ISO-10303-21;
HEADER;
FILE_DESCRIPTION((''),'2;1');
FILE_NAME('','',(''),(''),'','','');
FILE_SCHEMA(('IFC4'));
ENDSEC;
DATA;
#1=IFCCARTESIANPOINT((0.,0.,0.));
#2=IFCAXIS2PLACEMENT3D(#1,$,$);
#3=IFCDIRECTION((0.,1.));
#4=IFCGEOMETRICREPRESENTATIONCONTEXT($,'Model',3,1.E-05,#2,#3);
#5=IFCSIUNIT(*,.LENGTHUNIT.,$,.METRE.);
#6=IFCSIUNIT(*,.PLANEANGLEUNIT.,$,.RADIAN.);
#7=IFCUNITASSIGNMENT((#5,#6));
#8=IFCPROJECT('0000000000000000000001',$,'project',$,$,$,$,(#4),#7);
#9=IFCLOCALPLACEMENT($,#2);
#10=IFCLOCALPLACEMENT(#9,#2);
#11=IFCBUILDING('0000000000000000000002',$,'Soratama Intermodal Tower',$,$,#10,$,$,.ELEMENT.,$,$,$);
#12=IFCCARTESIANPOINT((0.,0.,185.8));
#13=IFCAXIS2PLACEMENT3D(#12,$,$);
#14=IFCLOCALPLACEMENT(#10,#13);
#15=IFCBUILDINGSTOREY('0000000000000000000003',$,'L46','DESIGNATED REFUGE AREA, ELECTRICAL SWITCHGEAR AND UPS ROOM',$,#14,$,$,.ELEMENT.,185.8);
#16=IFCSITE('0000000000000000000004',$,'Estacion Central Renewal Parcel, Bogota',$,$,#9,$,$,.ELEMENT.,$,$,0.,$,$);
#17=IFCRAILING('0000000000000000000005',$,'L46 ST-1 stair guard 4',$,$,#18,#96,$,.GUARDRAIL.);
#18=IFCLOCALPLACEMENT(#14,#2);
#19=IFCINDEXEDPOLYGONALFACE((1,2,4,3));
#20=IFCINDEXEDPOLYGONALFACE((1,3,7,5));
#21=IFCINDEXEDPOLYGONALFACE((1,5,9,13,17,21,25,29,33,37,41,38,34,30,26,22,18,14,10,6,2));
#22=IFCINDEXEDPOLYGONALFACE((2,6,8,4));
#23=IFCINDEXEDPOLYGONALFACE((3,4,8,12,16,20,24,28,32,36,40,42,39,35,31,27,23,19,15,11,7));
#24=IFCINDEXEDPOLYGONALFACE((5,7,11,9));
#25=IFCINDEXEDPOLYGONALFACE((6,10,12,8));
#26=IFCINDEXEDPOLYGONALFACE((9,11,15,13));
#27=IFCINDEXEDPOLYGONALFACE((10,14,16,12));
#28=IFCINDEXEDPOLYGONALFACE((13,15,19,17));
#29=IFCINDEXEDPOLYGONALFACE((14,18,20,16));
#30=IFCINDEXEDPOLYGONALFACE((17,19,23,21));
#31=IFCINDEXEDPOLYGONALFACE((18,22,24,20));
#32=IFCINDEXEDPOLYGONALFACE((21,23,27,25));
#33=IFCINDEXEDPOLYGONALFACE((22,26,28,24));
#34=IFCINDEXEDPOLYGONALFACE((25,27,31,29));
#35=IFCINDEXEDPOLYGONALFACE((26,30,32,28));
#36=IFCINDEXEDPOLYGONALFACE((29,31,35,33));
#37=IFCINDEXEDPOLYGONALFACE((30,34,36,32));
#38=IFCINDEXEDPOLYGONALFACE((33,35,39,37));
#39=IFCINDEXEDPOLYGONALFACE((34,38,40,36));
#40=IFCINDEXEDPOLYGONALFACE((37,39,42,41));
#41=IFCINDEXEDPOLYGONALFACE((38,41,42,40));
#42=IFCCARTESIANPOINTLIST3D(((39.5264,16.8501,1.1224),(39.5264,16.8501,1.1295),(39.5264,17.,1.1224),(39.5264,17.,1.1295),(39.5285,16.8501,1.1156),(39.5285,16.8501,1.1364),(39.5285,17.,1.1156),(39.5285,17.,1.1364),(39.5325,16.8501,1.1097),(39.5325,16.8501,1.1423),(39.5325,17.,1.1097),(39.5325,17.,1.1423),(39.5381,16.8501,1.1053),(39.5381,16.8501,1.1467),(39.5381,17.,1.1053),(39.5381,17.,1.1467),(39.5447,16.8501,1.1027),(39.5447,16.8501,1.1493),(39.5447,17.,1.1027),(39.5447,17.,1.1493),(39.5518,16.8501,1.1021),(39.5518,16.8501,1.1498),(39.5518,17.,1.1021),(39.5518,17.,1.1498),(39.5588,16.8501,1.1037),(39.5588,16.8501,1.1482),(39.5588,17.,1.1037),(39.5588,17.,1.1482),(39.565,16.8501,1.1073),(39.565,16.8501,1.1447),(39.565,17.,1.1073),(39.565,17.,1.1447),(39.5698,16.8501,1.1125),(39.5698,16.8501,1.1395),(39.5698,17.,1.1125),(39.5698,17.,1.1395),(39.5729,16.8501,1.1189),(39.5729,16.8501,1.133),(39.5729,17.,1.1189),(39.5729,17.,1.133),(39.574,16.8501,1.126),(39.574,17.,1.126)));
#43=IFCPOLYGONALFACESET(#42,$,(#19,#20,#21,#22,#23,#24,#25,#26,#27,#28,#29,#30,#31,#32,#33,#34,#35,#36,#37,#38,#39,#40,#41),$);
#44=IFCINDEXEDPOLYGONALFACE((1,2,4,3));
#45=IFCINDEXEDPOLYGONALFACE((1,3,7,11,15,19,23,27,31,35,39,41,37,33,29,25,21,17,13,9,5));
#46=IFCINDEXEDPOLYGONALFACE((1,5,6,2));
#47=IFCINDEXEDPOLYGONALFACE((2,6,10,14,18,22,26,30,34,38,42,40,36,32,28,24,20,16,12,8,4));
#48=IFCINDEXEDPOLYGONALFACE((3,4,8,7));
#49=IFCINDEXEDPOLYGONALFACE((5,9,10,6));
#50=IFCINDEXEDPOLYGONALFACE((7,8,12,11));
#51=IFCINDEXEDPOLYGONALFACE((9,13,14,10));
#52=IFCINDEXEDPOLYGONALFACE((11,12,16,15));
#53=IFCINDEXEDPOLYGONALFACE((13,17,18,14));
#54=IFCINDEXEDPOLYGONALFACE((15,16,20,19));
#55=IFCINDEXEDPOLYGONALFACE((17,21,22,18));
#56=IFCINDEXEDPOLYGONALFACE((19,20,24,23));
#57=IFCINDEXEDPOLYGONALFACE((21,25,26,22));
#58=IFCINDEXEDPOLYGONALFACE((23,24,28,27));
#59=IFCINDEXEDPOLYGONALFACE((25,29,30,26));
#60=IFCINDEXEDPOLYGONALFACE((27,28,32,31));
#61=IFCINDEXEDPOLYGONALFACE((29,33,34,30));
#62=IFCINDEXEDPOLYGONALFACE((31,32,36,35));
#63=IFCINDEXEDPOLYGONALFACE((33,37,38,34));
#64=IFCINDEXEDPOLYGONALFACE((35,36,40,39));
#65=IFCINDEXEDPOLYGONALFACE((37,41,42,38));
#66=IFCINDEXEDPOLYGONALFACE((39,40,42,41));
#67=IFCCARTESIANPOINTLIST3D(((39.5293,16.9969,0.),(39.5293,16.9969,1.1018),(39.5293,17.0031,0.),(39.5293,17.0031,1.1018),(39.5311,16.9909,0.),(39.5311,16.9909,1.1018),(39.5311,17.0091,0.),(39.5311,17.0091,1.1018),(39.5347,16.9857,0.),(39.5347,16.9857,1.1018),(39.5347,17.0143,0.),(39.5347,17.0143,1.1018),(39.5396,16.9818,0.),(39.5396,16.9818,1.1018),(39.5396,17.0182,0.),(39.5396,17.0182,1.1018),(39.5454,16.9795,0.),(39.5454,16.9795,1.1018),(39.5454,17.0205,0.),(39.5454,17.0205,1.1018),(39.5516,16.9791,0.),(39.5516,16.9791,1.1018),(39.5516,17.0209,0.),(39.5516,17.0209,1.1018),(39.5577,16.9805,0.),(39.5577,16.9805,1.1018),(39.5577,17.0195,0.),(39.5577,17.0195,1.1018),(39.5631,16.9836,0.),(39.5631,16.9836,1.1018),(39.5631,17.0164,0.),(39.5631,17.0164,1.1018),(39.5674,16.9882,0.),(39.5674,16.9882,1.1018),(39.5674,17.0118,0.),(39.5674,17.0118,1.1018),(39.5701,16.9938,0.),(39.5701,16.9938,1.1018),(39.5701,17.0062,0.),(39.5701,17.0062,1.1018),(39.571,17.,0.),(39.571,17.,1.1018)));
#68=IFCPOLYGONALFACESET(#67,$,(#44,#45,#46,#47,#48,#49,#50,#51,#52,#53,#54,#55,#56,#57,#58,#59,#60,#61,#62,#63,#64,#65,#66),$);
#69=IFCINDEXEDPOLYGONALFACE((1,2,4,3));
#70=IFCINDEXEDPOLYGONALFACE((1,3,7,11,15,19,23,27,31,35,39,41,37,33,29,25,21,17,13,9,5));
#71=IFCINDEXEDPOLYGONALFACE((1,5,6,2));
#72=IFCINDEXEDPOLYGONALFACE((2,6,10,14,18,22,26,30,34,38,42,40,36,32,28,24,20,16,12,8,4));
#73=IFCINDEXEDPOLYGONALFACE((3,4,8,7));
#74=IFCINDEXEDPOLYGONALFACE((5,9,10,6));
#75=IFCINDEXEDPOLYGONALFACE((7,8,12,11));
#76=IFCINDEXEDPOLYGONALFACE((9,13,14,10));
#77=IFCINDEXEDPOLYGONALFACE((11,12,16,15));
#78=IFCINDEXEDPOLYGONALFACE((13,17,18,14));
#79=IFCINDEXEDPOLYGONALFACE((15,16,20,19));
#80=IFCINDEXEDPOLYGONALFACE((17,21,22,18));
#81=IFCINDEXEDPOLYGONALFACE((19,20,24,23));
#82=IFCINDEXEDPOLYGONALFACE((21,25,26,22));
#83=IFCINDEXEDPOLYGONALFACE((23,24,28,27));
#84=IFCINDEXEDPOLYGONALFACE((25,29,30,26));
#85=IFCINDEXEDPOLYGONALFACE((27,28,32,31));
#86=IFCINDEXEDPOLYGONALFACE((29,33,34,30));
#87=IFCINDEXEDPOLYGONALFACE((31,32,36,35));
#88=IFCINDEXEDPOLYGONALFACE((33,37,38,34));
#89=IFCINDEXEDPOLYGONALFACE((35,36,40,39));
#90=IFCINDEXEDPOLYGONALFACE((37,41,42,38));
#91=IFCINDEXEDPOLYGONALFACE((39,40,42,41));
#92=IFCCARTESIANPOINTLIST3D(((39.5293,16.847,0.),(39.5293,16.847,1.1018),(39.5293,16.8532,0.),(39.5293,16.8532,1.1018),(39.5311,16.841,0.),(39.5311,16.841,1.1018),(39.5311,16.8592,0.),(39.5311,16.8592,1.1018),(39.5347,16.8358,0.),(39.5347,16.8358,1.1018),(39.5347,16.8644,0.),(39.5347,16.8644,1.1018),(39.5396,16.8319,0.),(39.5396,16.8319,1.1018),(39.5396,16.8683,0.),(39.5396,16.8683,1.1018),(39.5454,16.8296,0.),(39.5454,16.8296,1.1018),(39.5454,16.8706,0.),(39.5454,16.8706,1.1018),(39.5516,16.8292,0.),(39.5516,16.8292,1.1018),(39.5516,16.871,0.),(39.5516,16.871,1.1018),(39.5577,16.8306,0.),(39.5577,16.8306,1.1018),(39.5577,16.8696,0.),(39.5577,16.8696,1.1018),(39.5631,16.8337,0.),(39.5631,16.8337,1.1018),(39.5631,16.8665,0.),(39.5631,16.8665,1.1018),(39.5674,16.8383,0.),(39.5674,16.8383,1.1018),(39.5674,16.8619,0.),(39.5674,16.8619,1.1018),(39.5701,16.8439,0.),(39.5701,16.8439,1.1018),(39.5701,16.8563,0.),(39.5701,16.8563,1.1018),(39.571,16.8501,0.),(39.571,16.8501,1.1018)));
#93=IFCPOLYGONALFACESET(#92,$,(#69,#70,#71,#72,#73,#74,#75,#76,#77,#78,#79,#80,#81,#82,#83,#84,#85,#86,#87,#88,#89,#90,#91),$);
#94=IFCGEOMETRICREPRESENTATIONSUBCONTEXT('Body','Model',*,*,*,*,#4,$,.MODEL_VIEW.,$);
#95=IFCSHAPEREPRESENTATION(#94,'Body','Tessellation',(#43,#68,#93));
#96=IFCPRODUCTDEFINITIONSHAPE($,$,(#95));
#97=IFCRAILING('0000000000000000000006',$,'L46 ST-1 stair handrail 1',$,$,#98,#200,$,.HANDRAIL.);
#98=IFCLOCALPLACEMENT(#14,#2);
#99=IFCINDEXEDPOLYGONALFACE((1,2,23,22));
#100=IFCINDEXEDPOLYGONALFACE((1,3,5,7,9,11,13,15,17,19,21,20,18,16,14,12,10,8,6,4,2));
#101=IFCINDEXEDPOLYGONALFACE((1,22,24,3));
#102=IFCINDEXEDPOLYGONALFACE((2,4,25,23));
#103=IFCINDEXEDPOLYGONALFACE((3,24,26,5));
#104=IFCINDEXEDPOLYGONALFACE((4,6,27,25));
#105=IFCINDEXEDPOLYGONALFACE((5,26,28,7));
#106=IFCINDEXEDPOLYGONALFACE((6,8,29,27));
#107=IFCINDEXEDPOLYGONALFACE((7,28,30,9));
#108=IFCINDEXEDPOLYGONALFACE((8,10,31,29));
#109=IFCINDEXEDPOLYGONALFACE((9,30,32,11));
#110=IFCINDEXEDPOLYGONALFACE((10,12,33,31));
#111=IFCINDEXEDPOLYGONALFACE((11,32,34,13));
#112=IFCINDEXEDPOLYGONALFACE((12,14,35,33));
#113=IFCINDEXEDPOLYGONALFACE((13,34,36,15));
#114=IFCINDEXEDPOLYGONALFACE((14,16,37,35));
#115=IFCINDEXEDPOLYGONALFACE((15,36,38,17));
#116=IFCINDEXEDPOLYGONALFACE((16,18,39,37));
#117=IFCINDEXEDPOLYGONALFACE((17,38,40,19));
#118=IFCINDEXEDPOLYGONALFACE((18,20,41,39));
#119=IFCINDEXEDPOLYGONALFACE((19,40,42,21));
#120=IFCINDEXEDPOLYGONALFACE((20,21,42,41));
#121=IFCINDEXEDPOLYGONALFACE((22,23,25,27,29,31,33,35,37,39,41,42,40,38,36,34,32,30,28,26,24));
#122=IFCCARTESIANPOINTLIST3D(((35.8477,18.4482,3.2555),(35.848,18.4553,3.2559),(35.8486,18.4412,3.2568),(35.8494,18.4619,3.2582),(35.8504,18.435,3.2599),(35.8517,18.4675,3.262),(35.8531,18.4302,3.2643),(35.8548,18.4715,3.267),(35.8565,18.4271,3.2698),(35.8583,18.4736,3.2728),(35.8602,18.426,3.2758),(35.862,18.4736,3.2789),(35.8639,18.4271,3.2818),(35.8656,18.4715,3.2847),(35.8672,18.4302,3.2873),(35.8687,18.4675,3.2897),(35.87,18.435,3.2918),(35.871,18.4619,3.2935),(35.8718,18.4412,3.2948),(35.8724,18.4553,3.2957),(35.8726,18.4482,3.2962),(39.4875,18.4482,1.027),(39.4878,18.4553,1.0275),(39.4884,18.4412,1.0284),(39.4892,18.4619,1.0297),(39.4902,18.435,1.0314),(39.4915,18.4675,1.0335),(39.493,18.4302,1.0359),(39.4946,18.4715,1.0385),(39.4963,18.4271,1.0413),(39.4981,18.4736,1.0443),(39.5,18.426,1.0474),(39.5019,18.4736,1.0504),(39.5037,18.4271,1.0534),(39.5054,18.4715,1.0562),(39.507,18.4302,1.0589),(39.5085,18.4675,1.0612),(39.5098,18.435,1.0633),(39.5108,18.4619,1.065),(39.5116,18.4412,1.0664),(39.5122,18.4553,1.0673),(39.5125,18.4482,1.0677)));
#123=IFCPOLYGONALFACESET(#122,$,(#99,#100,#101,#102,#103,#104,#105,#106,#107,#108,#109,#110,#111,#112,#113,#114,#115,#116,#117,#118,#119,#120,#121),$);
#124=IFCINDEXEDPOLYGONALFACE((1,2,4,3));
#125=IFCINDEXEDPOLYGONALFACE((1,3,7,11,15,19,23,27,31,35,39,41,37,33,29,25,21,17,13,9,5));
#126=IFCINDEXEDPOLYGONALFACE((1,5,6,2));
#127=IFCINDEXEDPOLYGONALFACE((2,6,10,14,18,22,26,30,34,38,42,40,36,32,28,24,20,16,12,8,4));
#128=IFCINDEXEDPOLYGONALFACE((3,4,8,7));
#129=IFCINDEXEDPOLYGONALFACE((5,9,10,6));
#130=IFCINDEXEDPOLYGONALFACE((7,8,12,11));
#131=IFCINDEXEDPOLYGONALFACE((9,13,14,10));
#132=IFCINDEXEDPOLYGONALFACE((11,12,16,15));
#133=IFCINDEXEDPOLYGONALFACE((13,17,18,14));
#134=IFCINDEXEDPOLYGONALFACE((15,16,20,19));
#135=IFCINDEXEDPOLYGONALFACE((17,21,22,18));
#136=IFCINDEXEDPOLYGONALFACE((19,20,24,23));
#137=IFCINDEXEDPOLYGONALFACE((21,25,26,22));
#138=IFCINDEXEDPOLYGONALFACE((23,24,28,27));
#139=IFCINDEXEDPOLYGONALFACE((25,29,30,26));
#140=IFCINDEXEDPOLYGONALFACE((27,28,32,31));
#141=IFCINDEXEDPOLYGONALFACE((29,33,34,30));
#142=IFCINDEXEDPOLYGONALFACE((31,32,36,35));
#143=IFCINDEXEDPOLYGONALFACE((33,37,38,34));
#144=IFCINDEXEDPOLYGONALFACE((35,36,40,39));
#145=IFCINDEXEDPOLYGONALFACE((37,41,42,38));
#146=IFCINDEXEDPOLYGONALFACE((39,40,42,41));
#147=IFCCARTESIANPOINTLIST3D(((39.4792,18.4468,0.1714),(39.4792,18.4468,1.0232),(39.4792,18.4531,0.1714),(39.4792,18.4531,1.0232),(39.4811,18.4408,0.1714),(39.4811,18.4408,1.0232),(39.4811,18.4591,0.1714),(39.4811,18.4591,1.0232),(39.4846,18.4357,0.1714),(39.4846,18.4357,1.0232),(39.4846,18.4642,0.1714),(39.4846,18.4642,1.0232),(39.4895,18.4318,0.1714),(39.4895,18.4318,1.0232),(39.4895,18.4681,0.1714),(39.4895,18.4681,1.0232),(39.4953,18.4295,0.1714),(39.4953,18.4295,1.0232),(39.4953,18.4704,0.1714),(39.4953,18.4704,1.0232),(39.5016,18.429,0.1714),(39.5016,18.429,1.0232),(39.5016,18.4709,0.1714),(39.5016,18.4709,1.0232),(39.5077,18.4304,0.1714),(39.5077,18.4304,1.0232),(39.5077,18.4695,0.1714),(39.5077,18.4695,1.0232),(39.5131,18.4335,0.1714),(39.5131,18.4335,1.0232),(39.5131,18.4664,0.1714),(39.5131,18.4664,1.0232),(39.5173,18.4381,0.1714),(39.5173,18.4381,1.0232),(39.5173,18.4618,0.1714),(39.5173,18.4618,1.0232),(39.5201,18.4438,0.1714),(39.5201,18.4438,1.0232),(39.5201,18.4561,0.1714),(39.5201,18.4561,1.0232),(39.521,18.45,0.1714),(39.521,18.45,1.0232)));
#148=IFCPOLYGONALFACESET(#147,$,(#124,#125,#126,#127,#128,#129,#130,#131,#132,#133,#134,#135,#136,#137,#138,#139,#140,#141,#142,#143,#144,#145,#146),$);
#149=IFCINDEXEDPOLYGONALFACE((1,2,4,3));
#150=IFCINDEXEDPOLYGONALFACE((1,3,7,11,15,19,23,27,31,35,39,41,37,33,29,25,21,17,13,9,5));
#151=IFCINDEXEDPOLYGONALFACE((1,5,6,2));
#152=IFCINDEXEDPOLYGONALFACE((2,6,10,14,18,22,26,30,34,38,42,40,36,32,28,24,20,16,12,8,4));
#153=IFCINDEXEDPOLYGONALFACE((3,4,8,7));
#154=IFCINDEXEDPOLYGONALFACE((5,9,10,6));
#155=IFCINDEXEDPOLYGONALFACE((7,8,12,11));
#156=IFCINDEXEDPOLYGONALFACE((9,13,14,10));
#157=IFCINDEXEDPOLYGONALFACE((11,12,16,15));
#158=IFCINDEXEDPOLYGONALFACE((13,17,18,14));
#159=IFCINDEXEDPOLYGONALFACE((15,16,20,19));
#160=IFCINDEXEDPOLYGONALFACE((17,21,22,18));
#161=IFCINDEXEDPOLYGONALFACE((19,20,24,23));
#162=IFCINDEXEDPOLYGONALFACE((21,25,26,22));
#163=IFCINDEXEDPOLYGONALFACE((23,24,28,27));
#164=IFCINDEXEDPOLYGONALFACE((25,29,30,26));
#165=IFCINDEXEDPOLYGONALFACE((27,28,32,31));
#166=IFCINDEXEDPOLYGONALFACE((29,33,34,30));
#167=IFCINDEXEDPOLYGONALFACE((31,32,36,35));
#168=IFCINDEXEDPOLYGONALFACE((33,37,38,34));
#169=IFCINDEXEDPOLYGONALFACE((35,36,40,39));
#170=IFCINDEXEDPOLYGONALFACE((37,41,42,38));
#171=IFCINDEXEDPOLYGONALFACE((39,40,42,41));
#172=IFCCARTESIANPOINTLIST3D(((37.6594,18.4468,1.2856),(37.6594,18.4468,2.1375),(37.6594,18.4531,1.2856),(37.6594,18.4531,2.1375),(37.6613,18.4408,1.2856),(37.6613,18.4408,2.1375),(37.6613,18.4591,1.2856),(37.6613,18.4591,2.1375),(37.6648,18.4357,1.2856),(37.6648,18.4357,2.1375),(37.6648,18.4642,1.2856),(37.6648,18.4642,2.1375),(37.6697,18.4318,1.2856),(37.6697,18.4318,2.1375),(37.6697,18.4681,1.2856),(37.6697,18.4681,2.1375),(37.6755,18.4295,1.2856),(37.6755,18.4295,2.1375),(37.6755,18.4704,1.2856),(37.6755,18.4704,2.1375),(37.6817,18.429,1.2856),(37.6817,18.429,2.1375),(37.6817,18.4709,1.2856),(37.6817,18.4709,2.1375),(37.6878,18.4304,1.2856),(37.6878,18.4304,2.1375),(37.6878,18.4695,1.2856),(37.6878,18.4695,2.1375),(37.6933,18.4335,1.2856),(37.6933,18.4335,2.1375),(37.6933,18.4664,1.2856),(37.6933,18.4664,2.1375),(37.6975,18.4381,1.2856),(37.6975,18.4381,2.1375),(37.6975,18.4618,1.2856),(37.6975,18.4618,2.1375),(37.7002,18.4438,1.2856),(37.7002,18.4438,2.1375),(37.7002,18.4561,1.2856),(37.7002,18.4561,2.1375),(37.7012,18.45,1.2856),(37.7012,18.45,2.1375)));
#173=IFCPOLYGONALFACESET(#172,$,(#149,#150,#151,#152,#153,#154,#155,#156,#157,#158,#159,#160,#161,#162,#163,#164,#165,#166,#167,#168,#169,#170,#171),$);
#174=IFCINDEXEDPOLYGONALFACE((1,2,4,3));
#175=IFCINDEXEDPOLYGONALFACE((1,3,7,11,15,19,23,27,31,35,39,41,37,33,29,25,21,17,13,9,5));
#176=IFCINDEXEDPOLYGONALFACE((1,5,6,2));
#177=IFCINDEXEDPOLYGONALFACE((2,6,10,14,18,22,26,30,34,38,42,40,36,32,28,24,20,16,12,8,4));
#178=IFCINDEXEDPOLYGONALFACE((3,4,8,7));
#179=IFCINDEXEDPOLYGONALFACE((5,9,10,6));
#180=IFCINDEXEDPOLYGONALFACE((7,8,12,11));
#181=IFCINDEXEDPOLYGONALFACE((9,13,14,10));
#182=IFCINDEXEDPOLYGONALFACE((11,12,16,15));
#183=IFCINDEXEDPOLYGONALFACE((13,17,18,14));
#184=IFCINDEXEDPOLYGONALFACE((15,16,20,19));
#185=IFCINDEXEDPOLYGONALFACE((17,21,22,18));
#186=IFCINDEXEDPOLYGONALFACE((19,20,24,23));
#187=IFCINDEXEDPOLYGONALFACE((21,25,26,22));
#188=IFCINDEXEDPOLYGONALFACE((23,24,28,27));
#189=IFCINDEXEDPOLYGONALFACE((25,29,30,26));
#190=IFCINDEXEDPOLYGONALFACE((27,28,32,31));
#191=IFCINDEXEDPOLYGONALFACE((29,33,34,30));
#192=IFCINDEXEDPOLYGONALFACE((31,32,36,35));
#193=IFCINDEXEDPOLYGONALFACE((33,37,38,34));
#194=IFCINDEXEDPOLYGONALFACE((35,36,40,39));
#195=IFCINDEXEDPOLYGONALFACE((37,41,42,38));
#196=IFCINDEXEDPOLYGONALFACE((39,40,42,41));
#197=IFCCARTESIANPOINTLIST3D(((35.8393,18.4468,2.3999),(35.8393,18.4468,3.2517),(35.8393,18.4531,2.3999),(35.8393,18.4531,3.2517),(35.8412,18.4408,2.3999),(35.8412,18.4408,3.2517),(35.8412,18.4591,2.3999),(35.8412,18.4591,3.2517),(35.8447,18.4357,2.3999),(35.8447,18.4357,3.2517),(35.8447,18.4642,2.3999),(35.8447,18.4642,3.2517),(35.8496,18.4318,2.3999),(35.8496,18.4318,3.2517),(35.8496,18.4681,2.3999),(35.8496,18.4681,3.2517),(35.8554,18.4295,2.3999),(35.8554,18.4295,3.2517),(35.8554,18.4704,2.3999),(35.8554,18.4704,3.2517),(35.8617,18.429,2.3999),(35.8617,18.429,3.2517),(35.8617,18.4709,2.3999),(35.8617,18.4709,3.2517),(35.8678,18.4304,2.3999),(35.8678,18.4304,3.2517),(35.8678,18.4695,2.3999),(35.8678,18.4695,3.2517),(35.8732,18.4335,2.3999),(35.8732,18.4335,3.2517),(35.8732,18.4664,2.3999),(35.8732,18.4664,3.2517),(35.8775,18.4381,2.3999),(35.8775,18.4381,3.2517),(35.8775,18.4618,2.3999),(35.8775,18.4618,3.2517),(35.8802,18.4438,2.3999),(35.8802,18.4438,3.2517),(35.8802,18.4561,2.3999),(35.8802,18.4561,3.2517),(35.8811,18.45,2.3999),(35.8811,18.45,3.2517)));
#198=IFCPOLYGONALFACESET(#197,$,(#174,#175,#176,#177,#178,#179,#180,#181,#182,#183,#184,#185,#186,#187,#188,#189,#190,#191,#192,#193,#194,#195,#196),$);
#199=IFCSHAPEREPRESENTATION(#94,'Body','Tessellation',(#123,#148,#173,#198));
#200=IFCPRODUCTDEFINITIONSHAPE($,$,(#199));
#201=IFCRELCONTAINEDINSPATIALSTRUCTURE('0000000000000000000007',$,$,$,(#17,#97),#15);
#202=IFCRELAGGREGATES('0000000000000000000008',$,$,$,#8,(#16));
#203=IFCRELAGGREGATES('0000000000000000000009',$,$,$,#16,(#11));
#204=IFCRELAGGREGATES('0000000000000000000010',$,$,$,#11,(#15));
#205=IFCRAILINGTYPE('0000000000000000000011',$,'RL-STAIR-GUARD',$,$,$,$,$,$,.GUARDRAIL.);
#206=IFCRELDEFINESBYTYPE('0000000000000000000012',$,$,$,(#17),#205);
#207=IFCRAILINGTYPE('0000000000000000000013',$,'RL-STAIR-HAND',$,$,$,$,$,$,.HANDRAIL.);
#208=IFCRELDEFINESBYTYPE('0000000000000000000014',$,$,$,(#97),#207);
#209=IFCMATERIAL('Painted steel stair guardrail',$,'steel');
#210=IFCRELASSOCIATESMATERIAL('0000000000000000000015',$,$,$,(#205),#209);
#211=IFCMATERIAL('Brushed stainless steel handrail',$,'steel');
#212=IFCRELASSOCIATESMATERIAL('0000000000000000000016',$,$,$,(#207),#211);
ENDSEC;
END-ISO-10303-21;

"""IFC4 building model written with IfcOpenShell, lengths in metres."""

from ifc_helpers import new_model, si_unit, direction, frame, origin, origin_2d, place, context, subcontext, project, spatial, circle, extrude, material, type_object, element, save


model = new_model("IFC4")

# Units and contexts
model_context = context("Model", 3, precision=1e-05, world=origin(), true_north=direction((0.0, 1.0)))
body_context = subcontext(model_context, "Body", "Model", "MODEL_VIEW")
ifc_project = project(units=[si_unit("LENGTHUNIT", "METRE"), si_unit("PLANEANGLEUNIT", "RADIAN")], contexts=[model_context])

# Site, building, storey
site_placement = place(None, origin())
site = spatial("IfcSite", under=ifc_project, at=site_placement, Name="Estacion Central Renewal Parcel, Bogota", CompositionType="ELEMENT", RefElevation=0.0)
building_placement = place(site_placement, origin())
building = spatial("IfcBuilding", under=site, at=building_placement, Name="Soratama Intermodal Tower", CompositionType="ELEMENT")
storey_placement = place(building_placement, frame((0.0, 0.0, 185.8)))
storey = spatial("IfcBuildingStorey", under=building, at=storey_placement, Name="L46", Description="DESIGNATED REFUGE AREA, ELECTRICAL SWITCHGEAR AND UPS ROOM", CompositionType="ELEMENT", Elevation=185.8)

# Railings
ifc_material_1 = material(Name="Painted steel stair guardrail", Category="steel")
railing_type_1 = type_object("IfcRailingType", Name="RL-STAIR-GUARD", PredefinedType="GUARDRAIL", material=ifc_material_1)
railing_1_placement = place(storey_placement, frame((39.55, 17.0, 0.0)))
element("IfcRailing", 1, at=railing_1_placement, inside=storey, type_object=railing_type_1, Name="L46 ST-1 stair guard 4", PredefinedType="GUARDRAIL", context=body_context, shape_type="SweptSolid", body=[
    extrude(circle(Radius=0.0239, at=origin_2d()), frame((0.0, 0.0, 1.126), z_axis=(0.0, -1.0, 0.0), x_axis=(1.0, 0.0, 0.0)), (0.0, 0.0, 1.0), 0.1499),
    extrude(circle(Radius=0.021, at=origin_2d()), origin(), (0.0, 0.0, 1.0), 1.1018),
    extrude(circle(Radius=0.021, at=origin_2d()), frame((0.0, -0.1499, 0.0)), (0.0, 0.0, 1.0), 1.1018),
])
ifc_material_2 = material(Name="Brushed stainless steel handrail", Category="steel")
railing_type_2 = type_object("IfcRailingType", Name="RL-STAIR-HAND", PredefinedType="HANDRAIL", material=ifc_material_2)
railing_2_placement = place(storey_placement, frame((39.5, 18.45, 0.1714)))
element("IfcRailing", 2, at=railing_2_placement, inside=storey, type_object=railing_type_2, Name="L46 ST-1 stair handrail 1", PredefinedType="HANDRAIL", context=body_context, shape_type="SweptSolid", body=[
    extrude(circle(Radius=0.0239, at=origin_2d()), frame((0.0, 0.0, 0.876), z_axis=(-0.85285, 0.0, 0.522156), x_axis=(0.0, -1.0, 0.0)), (0.0, 0.0, 1.0), 4.2678),
    extrude(circle(Radius=0.021, at=origin_2d()), origin(), (0.0, 0.0, 1.0), 0.8518),
    extrude(circle(Radius=0.021, at=origin_2d()), frame((-1.8198, 0.0, 1.1143)), (0.0, 0.0, 1.0), 0.8518),
    extrude(circle(Radius=0.021, at=origin_2d()), frame((-3.6399, 0.0, 2.2285)), (0.0, 0.0, 1.0), 0.8518),
])

save(model, "model.ifc")
